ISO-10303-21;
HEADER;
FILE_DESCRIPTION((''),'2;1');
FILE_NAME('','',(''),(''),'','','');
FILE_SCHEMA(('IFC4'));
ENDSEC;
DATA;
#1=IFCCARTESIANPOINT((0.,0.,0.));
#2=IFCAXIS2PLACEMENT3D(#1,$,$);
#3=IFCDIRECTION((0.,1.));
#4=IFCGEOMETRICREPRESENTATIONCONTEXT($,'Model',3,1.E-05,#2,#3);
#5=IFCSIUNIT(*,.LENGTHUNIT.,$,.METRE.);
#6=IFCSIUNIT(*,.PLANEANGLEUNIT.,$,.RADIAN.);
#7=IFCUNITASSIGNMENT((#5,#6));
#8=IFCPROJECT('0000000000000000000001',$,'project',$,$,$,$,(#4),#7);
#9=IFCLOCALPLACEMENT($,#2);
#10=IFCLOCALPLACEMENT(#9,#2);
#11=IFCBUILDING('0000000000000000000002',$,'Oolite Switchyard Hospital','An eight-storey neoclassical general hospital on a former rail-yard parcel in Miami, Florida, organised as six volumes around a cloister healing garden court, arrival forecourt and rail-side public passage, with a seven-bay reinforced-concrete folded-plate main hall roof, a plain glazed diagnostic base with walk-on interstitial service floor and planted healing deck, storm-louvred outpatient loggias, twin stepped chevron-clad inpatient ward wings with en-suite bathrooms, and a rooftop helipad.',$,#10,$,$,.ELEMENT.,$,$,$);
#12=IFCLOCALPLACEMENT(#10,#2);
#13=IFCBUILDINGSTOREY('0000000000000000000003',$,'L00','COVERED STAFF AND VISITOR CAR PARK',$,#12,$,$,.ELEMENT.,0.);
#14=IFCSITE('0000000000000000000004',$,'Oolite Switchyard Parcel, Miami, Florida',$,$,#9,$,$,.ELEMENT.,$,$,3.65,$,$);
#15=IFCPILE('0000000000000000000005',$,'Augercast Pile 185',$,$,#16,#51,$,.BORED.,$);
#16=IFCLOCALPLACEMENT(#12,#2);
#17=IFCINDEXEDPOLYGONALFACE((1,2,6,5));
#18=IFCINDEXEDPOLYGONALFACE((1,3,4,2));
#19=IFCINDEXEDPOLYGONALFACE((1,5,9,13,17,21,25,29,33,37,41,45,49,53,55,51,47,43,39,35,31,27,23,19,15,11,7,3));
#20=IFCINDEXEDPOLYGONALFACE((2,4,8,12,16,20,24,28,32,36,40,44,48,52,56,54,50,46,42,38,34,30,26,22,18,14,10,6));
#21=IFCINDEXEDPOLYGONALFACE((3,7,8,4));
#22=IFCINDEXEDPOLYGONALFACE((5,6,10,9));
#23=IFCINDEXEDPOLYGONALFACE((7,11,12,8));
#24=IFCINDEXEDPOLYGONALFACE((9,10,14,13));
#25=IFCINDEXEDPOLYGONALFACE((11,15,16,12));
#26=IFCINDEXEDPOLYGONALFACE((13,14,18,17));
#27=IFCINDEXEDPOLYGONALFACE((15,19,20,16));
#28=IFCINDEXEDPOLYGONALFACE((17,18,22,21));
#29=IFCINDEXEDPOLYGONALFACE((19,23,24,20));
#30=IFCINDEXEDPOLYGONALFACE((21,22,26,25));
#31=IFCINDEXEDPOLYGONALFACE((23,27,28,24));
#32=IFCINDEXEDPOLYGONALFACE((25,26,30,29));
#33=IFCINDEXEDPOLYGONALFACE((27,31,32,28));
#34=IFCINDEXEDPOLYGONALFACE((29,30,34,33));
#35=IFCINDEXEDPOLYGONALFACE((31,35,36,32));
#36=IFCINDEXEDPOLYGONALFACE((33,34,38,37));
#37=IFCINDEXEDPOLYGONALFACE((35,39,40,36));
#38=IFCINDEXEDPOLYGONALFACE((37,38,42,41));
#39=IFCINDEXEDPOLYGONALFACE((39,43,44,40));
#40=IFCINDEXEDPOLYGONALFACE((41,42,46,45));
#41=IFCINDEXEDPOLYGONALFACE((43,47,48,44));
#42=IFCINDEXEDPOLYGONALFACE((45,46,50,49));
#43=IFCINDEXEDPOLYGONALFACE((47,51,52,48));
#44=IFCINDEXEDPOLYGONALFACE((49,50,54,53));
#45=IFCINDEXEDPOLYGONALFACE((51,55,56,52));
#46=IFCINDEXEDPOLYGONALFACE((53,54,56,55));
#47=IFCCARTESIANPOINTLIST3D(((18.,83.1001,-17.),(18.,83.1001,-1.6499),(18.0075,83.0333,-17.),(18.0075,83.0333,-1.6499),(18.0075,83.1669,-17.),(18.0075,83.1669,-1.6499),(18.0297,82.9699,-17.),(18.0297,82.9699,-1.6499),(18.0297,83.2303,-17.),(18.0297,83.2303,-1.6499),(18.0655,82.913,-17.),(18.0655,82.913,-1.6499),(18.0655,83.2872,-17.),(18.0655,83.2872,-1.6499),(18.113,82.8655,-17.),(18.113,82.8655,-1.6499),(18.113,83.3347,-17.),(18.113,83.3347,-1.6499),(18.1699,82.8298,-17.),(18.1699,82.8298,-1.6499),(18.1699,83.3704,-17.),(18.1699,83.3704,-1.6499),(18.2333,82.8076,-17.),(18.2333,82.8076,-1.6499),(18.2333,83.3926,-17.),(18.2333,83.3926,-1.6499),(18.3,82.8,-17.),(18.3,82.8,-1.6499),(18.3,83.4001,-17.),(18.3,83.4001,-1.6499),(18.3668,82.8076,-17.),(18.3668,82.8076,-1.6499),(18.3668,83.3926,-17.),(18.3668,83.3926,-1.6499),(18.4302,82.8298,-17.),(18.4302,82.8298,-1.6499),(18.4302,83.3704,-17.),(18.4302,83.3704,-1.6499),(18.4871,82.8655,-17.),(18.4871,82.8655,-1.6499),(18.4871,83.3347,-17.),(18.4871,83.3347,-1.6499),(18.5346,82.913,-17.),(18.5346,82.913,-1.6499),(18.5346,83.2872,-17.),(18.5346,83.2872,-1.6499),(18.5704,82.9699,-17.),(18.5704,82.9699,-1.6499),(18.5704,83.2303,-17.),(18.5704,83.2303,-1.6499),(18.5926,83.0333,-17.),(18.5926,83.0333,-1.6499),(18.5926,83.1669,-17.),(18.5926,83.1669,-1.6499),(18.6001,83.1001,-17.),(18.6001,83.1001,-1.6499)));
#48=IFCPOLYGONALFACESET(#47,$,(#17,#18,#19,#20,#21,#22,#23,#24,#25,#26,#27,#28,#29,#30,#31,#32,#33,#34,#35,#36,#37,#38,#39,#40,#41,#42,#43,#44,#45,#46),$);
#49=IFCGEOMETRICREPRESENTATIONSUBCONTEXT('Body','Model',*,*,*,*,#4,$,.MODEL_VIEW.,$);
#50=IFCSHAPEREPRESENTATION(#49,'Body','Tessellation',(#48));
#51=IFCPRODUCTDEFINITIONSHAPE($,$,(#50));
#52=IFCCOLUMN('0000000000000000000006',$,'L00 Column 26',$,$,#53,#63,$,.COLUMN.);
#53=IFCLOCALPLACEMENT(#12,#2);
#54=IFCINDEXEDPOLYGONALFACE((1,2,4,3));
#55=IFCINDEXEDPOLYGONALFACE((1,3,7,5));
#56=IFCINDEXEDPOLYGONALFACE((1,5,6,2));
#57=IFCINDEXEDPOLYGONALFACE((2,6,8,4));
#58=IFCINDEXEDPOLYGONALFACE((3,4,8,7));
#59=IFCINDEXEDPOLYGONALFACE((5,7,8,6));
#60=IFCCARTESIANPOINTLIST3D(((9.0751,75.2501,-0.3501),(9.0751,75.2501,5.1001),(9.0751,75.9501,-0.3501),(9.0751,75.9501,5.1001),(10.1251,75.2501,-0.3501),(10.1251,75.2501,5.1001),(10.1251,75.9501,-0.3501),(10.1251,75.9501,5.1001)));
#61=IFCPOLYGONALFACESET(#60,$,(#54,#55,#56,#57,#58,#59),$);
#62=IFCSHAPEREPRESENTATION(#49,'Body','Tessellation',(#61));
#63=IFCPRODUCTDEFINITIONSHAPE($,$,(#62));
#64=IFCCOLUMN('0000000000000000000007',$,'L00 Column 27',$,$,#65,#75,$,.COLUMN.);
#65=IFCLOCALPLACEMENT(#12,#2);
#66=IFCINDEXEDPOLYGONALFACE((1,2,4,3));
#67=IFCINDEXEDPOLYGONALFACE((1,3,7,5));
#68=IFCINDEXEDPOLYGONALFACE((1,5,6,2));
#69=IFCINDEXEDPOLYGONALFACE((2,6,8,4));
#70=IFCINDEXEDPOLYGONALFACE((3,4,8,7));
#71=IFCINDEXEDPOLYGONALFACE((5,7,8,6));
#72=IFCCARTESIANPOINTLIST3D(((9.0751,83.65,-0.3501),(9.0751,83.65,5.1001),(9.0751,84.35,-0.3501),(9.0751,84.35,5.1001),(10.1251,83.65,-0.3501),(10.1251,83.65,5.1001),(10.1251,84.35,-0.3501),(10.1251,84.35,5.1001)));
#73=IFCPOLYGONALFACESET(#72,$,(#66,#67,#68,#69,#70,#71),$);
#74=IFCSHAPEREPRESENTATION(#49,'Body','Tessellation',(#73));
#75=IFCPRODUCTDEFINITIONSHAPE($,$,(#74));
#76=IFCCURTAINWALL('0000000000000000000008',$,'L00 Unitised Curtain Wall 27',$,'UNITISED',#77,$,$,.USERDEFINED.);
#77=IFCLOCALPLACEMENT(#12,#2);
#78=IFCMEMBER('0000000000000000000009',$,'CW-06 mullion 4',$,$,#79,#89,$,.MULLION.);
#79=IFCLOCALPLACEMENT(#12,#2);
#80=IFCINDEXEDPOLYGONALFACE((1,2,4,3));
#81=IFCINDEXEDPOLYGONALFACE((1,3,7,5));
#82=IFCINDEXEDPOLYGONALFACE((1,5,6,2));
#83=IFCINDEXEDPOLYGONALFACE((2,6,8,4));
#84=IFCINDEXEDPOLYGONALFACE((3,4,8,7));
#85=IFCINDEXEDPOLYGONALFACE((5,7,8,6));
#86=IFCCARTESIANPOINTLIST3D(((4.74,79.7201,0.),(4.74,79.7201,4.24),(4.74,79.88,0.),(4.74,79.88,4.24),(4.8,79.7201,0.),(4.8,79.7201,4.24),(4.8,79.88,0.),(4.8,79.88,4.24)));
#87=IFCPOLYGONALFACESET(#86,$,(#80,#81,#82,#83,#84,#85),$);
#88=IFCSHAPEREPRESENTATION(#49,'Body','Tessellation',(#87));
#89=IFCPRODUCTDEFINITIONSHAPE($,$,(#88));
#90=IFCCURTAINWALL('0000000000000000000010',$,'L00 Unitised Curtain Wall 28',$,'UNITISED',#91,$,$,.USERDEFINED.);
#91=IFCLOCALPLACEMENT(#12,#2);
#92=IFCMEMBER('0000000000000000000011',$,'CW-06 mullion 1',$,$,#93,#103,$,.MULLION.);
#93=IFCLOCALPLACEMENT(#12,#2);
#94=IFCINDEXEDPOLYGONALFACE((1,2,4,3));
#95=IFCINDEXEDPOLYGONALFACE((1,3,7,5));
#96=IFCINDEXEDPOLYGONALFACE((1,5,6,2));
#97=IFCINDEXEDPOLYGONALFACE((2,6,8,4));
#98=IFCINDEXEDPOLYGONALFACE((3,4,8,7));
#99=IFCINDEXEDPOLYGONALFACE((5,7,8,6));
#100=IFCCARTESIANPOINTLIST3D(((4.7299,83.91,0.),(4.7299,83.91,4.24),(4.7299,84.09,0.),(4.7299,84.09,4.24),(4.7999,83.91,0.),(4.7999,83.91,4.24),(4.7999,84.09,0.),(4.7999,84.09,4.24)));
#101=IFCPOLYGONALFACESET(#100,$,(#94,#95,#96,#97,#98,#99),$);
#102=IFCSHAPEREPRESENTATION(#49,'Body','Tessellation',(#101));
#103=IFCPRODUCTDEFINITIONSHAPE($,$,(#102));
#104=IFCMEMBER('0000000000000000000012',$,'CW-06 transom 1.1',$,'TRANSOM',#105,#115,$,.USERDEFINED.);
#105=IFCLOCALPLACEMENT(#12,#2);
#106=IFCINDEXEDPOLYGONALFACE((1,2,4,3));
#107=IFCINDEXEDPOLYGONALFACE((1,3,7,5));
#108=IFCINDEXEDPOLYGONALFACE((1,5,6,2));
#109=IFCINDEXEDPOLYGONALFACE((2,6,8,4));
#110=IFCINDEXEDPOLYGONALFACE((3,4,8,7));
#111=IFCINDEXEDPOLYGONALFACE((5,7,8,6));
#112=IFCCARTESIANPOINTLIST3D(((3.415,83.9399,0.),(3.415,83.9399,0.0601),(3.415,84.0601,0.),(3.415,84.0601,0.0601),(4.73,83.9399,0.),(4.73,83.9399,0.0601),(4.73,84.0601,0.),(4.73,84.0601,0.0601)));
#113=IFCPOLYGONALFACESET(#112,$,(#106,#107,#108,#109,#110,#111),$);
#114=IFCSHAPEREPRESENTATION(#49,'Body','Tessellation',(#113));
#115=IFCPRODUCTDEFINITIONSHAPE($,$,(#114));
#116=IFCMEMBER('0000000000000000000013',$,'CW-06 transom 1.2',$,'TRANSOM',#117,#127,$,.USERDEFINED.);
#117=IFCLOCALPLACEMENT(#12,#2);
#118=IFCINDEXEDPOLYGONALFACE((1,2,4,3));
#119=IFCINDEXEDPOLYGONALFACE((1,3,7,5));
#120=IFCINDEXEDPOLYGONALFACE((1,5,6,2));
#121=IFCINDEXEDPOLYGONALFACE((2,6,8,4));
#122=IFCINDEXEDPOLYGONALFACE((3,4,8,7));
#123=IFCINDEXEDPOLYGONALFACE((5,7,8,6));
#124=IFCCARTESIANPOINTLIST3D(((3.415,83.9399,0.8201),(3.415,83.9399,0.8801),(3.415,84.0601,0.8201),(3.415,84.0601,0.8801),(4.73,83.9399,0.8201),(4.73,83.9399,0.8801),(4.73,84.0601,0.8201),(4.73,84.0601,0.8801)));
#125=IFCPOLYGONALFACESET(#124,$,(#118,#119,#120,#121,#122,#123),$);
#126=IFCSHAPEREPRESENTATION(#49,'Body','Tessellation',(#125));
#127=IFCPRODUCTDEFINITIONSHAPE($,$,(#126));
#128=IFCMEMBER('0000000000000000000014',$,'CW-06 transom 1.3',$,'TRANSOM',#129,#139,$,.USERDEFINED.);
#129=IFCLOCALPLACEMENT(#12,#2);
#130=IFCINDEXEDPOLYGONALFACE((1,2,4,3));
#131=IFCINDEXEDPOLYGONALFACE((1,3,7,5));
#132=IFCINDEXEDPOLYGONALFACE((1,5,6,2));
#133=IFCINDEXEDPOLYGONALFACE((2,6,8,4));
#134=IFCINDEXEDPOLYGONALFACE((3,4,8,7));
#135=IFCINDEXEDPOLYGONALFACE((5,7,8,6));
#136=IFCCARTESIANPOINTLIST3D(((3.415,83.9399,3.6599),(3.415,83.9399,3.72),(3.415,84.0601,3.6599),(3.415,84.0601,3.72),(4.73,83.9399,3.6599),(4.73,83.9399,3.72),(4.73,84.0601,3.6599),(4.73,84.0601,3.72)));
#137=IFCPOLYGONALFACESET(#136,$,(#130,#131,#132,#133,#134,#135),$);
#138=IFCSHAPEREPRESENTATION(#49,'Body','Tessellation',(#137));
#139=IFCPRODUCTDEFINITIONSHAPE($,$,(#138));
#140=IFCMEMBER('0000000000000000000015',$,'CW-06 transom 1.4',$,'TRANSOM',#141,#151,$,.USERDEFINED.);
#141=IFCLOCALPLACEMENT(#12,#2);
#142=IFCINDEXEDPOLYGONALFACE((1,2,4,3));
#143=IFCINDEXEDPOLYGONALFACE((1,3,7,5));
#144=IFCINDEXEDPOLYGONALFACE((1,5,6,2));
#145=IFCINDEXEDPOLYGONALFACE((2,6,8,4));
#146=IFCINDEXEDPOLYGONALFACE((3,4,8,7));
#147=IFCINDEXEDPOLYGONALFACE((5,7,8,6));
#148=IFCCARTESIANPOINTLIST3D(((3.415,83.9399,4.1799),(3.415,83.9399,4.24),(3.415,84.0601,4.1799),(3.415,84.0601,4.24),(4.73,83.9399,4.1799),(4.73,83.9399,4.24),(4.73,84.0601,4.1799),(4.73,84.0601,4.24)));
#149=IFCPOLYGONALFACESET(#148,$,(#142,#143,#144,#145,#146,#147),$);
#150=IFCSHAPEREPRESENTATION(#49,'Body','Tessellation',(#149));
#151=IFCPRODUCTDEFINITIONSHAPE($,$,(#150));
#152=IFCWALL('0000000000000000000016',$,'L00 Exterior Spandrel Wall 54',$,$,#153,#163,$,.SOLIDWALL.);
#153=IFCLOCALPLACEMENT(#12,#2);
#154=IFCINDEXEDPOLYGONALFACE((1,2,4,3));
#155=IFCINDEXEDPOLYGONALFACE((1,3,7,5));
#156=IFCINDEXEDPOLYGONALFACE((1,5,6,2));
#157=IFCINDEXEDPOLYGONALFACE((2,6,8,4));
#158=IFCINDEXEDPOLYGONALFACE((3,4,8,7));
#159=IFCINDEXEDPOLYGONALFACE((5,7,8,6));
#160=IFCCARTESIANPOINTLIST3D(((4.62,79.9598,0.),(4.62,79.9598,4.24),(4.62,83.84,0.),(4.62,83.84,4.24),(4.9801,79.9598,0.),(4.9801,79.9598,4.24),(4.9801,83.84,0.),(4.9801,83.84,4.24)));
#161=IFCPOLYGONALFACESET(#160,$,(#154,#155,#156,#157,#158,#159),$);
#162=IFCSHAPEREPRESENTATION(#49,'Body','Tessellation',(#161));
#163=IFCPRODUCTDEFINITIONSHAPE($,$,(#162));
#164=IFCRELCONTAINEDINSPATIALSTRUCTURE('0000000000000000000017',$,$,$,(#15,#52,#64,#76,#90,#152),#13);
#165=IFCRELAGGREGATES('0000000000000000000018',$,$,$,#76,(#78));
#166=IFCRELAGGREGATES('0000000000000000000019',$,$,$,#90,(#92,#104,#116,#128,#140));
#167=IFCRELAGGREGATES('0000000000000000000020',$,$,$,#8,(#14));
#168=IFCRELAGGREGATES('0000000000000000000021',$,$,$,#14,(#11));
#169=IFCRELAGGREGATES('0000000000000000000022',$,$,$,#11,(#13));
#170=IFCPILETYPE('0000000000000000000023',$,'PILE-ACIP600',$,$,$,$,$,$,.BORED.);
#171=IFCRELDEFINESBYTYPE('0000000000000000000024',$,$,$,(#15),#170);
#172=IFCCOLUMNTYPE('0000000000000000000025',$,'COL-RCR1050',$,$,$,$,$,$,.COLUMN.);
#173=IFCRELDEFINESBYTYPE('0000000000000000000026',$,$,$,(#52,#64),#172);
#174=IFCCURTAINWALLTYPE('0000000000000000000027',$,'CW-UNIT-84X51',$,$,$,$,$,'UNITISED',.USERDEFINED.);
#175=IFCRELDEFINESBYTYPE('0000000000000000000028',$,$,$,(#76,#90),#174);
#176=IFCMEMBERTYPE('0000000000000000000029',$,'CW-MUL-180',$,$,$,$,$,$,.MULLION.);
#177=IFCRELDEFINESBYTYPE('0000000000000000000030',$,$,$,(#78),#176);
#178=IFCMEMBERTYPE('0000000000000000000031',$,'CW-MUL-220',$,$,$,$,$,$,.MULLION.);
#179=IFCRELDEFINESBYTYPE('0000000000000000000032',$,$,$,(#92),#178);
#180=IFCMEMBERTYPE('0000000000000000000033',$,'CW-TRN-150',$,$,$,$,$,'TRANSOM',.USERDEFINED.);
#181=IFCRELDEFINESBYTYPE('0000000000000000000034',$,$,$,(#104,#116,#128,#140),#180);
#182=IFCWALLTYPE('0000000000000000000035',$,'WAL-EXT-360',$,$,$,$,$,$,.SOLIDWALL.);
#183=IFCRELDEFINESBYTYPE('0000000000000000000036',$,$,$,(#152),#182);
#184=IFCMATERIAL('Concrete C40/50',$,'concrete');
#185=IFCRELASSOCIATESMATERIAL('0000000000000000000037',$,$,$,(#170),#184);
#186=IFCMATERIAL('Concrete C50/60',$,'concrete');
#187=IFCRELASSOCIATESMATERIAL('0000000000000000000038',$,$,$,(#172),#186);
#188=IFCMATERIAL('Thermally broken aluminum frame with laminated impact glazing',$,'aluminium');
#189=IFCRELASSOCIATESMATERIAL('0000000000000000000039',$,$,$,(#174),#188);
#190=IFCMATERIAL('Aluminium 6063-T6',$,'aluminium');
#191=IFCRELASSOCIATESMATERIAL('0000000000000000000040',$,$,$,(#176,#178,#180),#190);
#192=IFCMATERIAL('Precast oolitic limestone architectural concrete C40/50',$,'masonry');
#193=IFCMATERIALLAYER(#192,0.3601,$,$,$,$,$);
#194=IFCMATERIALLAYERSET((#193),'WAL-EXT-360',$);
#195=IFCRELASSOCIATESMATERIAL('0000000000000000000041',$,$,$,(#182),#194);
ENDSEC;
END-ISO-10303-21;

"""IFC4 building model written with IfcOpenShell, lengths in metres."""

from ifc_helpers import new_model, si_unit, direction, frame, frame_2d, origin, origin_2d, place, context, subcontext, project, spatial, rectangle, circle, extrude, material, layer, layer_set, material_profile, profile_set, type_object, element, aggregate, save


model = new_model("IFC4")

# Units and contexts
model_context = context("Model", 3, precision=1e-05, world=origin(), true_north=direction((0.0, 1.0)))
body_context = subcontext(model_context, "Body", "Model", "MODEL_VIEW")
ifc_project = project(units=[si_unit("LENGTHUNIT", "METRE"), si_unit("PLANEANGLEUNIT", "RADIAN")], contexts=[model_context])

# Site, building, storey
site_placement = place(None, origin())
site = spatial("IfcSite", under=ifc_project, at=site_placement, Name="Oolite Switchyard Parcel, Miami, Florida", CompositionType="ELEMENT", RefElevation=3.65)
building_placement = place(site_placement, origin())
building = spatial("IfcBuilding", under=site, at=building_placement, Name="Oolite Switchyard Hospital", Description="An eight-storey neoclassical general hospital on a former rail-yard parcel in Miami, Florida, organised as six volumes around a cloister healing garden court, arrival forecourt and rail-side public passage, with a seven-bay reinforced-concrete folded-plate main hall roof, a plain glazed diagnostic base with walk-on interstitial service floor and planted healing deck, storm-louvred outpatient loggias, twin stepped chevron-clad inpatient ward wings with en-suite bathrooms, and a rooftop helipad.", CompositionType="ELEMENT")
storey_placement = place(building_placement, origin())
storey = spatial("IfcBuildingStorey", under=building, at=storey_placement, Name="L00", Description="COVERED STAFF AND VISITOR CAR PARK", CompositionType="ELEMENT", Elevation=0.0)

# Shared definitions
ifc_material_1 = material(Name="Concrete C40/50", Category="concrete")

# Pile
ifc_material_profile_1 = material_profile(ifc_material_1, circle(Radius=0.3, at=origin_2d()), Name="PILE600")
ifc_profile_set_1 = profile_set([ifc_material_profile_1], Name="Concrete C40/50")
pile_type = type_object("IfcPileType", Name="PILE-ACIP600", PredefinedType="BORED", material=ifc_profile_set_1)
pile_1_placement = place(storey_placement, frame((18.3, 83.1001, -1.6499), z_axis=(0.0, 0.0, -1.0), x_axis=(1.0, 0.0, 0.0)))
element("IfcPile", 1, at=pile_1_placement, inside=storey, type_object=pile_type, Name="Augercast Pile 185", PredefinedType="BORED", context=body_context, shape_type="SweptSolid", body=[
    extrude(circle(Radius=0.3, at=origin_2d()), origin(), (0.0, 0.0, 1.0), 15.3501),
])

# Columns
ifc_material_2 = material(Name="Concrete C50/60", Category="concrete")
ifc_material_profile_2 = material_profile(ifc_material_2, rectangle(XDim=1.05, YDim=0.7, at=origin_2d()), Name="RC1050X700")
ifc_profile_set_2 = profile_set([ifc_material_profile_2], Name="Concrete C50/60")
column_type = type_object("IfcColumnType", Name="COL-RCR1050", PredefinedType="COLUMN", material=ifc_profile_set_2)
for number, where, z_axis, x_axis, name in (
    (2, (9.6001, 75.6001, -0.3501), (0.0, 0.0, 1.0), (1.0, 0.0, 0.0), "L00 Column 26"),
    (3, (9.6001, 84.0, -0.3501), (0.0, 0.0, 1.0), (1.0, 0.0, 0.0), "L00 Column 27"),
):
    element("IfcColumn", number, at=place(storey_placement, frame(where, z_axis=z_axis, x_axis=x_axis)), inside=storey, type_object=column_type, Name=name, PredefinedType="COLUMN", context=body_context, shape_type="SweptSolid", body=[
        extrude(rectangle(XDim=1.05, YDim=0.7, at=origin_2d()), origin(), (0.0, 0.0, 1.0), 5.4502),
    ])

# Curtain wall, member
ifc_material_3 = material(Name="Thermally broken aluminum frame with laminated impact glazing", Category="aluminium")
curtain_wall_type = type_object("IfcCurtainWallType", Name="CW-UNIT-84X51", ElementType="UNITISED", PredefinedType="USERDEFINED", material=ifc_material_3)
curtain_wall_1_placement = place(storey_placement, origin())
curtain_wall_1 = element("IfcCurtainWall", 4, at=curtain_wall_1_placement, inside=storey, type_object=curtain_wall_type, Name="L00 Unitised Curtain Wall 27", ObjectType="UNITISED", PredefinedType="USERDEFINED")
ifc_material_4 = material(Name="Aluminium 6063-T6", Category="aluminium")
ifc_material_profile_3 = material_profile(ifc_material_4, rectangle(XDim=0.1599, YDim=0.0601, at=origin_2d()), Name="CWM60X160")
ifc_profile_set_3 = profile_set([ifc_material_profile_3], Name="Aluminium 6063-T6")
member_type_1 = type_object("IfcMemberType", Name="CW-MUL-180", PredefinedType="MULLION", material=ifc_profile_set_3)
member_1_placement = place(storey_placement, frame((4.77, 79.8, 0.0), z_axis=(0.0, 0.0, 1.0), x_axis=(0.0, 1.0, 0.0)))
member_1 = element("IfcMember", 5, at=member_1_placement, type_object=member_type_1, Name="CW-06 mullion 4", PredefinedType="MULLION", context=body_context, shape_type="SweptSolid", body=[
    extrude(rectangle(XDim=0.1599, YDim=0.0601, at=origin_2d()), origin(), (0.0, 0.0, 1.0), 4.24),
])
aggregate(curtain_wall_1, [member_1])

# Curtain wall, members
curtain_wall_2_placement = place(storey_placement, origin())
curtain_wall_2 = element("IfcCurtainWall", 6, at=curtain_wall_2_placement, inside=storey, type_object=curtain_wall_type, Name="L00 Unitised Curtain Wall 28", ObjectType="UNITISED", PredefinedType="USERDEFINED")
ifc_material_profile_4 = material_profile(ifc_material_4, rectangle(XDim=0.1799, YDim=0.0701, at=origin_2d()), Name="CWM70X180")
ifc_profile_set_4 = profile_set([ifc_material_profile_4], Name="Aluminium 6063-T6")
member_type_2 = type_object("IfcMemberType", Name="CW-MUL-220", PredefinedType="MULLION", material=ifc_profile_set_4)
member_2_placement = place(storey_placement, frame((4.7649, 84.0, 0.0), z_axis=(0.0, 0.0, 1.0), x_axis=(0.0, -1.0, 0.0)))
member_2 = element("IfcMember", 7, at=member_2_placement, type_object=member_type_2, Name="CW-06 mullion 1", PredefinedType="MULLION", context=body_context, shape_type="SweptSolid", body=[
    extrude(rectangle(XDim=0.1799, YDim=0.0701, at=origin_2d()), origin(), (0.0, 0.0, 1.0), 4.24),
])
ifc_material_profile_5 = material_profile(ifc_material_4, rectangle(XDim=0.1201, YDim=0.0601, at=origin_2d()), Name="CWT60X120")
ifc_profile_set_5 = profile_set([ifc_material_profile_5], Name="Aluminium 6063-T6")
member_type_3 = type_object("IfcMemberType", Name="CW-TRN-150", ElementType="TRANSOM", PredefinedType="USERDEFINED", material=ifc_profile_set_5)
member_3_placement = place(storey_placement, frame((4.73, 84.0, 0.03), z_axis=(-1.0, 0.0, 0.0), x_axis=(0.0, -1.0, 0.0)))
member_3 = element("IfcMember", 8, at=member_3_placement, type_object=member_type_3, Name="CW-06 transom 1.1", ObjectType="TRANSOM", PredefinedType="USERDEFINED", context=body_context, shape_type="SweptSolid", body=[
    extrude(rectangle(XDim=0.1201, YDim=0.0601, at=origin_2d()), origin(), (0.0, 0.0, 1.0), 1.3149),
])
member_4_placement = place(storey_placement, frame((4.73, 84.0, 0.8501), z_axis=(-1.0, 0.0, 0.0), x_axis=(0.0, -1.0, 0.0)))
member_4 = element("IfcMember", 9, at=member_4_placement, type_object=member_type_3, Name="CW-06 transom 1.2", ObjectType="TRANSOM", PredefinedType="USERDEFINED", context=body_context, shape_type="SweptSolid", body=[
    extrude(rectangle(XDim=0.1201, YDim=0.0601, at=origin_2d()), origin(), (0.0, 0.0, 1.0), 1.3149),
])
member_5_placement = place(storey_placement, frame((4.73, 84.0, 3.6899), z_axis=(-1.0, 0.0, 0.0), x_axis=(0.0, -1.0, 0.0)))
member_5 = element("IfcMember", 10, at=member_5_placement, type_object=member_type_3, Name="CW-06 transom 1.3", ObjectType="TRANSOM", PredefinedType="USERDEFINED", context=body_context, shape_type="SweptSolid", body=[
    extrude(rectangle(XDim=0.1201, YDim=0.0601, at=origin_2d()), origin(), (0.0, 0.0, 1.0), 1.3149),
])
member_6_placement = place(storey_placement, frame((4.73, 84.0, 4.21), z_axis=(-1.0, 0.0, 0.0), x_axis=(0.0, -1.0, 0.0)))
member_6 = element("IfcMember", 11, at=member_6_placement, type_object=member_type_3, Name="CW-06 transom 1.4", ObjectType="TRANSOM", PredefinedType="USERDEFINED", context=body_context, shape_type="SweptSolid", body=[
    extrude(rectangle(XDim=0.1201, YDim=0.0601, at=origin_2d()), origin(), (0.0, 0.0, 1.0), 1.3149),
])
aggregate(curtain_wall_2, [member_2, member_3, member_4, member_5, member_6])

# Wall
ifc_material_5 = material(Name="Precast oolitic limestone architectural concrete C40/50", Category="masonry")
ifc_layer_1 = layer(ifc_material_5, 0.3601)
ifc_layer_set_1 = layer_set([ifc_layer_1], Name="WAL-EXT-360")
wall_type_1 = type_object("IfcWallType", Name="WAL-EXT-360", PredefinedType="SOLIDWALL", material=ifc_layer_set_1)
wall_1_placement = place(storey_placement, frame((4.8, 79.96, 0.0), z_axis=(0.0, 0.0, 1.0), x_axis=(0.0, 1.0, 0.0)))
element("IfcWall", 12, at=wall_1_placement, inside=storey, type_object=wall_type_1, Name="L00 Exterior Spandrel Wall 54", PredefinedType="SOLIDWALL", context=body_context, shape_type="SweptSolid", body=[
    extrude(rectangle(XDim=3.8801, YDim=0.3601, at=frame_2d((1.9399, 0.0))), origin(), (0.0, 0.0, 1.0), 4.24),
])

save(model, "model.ifc")
